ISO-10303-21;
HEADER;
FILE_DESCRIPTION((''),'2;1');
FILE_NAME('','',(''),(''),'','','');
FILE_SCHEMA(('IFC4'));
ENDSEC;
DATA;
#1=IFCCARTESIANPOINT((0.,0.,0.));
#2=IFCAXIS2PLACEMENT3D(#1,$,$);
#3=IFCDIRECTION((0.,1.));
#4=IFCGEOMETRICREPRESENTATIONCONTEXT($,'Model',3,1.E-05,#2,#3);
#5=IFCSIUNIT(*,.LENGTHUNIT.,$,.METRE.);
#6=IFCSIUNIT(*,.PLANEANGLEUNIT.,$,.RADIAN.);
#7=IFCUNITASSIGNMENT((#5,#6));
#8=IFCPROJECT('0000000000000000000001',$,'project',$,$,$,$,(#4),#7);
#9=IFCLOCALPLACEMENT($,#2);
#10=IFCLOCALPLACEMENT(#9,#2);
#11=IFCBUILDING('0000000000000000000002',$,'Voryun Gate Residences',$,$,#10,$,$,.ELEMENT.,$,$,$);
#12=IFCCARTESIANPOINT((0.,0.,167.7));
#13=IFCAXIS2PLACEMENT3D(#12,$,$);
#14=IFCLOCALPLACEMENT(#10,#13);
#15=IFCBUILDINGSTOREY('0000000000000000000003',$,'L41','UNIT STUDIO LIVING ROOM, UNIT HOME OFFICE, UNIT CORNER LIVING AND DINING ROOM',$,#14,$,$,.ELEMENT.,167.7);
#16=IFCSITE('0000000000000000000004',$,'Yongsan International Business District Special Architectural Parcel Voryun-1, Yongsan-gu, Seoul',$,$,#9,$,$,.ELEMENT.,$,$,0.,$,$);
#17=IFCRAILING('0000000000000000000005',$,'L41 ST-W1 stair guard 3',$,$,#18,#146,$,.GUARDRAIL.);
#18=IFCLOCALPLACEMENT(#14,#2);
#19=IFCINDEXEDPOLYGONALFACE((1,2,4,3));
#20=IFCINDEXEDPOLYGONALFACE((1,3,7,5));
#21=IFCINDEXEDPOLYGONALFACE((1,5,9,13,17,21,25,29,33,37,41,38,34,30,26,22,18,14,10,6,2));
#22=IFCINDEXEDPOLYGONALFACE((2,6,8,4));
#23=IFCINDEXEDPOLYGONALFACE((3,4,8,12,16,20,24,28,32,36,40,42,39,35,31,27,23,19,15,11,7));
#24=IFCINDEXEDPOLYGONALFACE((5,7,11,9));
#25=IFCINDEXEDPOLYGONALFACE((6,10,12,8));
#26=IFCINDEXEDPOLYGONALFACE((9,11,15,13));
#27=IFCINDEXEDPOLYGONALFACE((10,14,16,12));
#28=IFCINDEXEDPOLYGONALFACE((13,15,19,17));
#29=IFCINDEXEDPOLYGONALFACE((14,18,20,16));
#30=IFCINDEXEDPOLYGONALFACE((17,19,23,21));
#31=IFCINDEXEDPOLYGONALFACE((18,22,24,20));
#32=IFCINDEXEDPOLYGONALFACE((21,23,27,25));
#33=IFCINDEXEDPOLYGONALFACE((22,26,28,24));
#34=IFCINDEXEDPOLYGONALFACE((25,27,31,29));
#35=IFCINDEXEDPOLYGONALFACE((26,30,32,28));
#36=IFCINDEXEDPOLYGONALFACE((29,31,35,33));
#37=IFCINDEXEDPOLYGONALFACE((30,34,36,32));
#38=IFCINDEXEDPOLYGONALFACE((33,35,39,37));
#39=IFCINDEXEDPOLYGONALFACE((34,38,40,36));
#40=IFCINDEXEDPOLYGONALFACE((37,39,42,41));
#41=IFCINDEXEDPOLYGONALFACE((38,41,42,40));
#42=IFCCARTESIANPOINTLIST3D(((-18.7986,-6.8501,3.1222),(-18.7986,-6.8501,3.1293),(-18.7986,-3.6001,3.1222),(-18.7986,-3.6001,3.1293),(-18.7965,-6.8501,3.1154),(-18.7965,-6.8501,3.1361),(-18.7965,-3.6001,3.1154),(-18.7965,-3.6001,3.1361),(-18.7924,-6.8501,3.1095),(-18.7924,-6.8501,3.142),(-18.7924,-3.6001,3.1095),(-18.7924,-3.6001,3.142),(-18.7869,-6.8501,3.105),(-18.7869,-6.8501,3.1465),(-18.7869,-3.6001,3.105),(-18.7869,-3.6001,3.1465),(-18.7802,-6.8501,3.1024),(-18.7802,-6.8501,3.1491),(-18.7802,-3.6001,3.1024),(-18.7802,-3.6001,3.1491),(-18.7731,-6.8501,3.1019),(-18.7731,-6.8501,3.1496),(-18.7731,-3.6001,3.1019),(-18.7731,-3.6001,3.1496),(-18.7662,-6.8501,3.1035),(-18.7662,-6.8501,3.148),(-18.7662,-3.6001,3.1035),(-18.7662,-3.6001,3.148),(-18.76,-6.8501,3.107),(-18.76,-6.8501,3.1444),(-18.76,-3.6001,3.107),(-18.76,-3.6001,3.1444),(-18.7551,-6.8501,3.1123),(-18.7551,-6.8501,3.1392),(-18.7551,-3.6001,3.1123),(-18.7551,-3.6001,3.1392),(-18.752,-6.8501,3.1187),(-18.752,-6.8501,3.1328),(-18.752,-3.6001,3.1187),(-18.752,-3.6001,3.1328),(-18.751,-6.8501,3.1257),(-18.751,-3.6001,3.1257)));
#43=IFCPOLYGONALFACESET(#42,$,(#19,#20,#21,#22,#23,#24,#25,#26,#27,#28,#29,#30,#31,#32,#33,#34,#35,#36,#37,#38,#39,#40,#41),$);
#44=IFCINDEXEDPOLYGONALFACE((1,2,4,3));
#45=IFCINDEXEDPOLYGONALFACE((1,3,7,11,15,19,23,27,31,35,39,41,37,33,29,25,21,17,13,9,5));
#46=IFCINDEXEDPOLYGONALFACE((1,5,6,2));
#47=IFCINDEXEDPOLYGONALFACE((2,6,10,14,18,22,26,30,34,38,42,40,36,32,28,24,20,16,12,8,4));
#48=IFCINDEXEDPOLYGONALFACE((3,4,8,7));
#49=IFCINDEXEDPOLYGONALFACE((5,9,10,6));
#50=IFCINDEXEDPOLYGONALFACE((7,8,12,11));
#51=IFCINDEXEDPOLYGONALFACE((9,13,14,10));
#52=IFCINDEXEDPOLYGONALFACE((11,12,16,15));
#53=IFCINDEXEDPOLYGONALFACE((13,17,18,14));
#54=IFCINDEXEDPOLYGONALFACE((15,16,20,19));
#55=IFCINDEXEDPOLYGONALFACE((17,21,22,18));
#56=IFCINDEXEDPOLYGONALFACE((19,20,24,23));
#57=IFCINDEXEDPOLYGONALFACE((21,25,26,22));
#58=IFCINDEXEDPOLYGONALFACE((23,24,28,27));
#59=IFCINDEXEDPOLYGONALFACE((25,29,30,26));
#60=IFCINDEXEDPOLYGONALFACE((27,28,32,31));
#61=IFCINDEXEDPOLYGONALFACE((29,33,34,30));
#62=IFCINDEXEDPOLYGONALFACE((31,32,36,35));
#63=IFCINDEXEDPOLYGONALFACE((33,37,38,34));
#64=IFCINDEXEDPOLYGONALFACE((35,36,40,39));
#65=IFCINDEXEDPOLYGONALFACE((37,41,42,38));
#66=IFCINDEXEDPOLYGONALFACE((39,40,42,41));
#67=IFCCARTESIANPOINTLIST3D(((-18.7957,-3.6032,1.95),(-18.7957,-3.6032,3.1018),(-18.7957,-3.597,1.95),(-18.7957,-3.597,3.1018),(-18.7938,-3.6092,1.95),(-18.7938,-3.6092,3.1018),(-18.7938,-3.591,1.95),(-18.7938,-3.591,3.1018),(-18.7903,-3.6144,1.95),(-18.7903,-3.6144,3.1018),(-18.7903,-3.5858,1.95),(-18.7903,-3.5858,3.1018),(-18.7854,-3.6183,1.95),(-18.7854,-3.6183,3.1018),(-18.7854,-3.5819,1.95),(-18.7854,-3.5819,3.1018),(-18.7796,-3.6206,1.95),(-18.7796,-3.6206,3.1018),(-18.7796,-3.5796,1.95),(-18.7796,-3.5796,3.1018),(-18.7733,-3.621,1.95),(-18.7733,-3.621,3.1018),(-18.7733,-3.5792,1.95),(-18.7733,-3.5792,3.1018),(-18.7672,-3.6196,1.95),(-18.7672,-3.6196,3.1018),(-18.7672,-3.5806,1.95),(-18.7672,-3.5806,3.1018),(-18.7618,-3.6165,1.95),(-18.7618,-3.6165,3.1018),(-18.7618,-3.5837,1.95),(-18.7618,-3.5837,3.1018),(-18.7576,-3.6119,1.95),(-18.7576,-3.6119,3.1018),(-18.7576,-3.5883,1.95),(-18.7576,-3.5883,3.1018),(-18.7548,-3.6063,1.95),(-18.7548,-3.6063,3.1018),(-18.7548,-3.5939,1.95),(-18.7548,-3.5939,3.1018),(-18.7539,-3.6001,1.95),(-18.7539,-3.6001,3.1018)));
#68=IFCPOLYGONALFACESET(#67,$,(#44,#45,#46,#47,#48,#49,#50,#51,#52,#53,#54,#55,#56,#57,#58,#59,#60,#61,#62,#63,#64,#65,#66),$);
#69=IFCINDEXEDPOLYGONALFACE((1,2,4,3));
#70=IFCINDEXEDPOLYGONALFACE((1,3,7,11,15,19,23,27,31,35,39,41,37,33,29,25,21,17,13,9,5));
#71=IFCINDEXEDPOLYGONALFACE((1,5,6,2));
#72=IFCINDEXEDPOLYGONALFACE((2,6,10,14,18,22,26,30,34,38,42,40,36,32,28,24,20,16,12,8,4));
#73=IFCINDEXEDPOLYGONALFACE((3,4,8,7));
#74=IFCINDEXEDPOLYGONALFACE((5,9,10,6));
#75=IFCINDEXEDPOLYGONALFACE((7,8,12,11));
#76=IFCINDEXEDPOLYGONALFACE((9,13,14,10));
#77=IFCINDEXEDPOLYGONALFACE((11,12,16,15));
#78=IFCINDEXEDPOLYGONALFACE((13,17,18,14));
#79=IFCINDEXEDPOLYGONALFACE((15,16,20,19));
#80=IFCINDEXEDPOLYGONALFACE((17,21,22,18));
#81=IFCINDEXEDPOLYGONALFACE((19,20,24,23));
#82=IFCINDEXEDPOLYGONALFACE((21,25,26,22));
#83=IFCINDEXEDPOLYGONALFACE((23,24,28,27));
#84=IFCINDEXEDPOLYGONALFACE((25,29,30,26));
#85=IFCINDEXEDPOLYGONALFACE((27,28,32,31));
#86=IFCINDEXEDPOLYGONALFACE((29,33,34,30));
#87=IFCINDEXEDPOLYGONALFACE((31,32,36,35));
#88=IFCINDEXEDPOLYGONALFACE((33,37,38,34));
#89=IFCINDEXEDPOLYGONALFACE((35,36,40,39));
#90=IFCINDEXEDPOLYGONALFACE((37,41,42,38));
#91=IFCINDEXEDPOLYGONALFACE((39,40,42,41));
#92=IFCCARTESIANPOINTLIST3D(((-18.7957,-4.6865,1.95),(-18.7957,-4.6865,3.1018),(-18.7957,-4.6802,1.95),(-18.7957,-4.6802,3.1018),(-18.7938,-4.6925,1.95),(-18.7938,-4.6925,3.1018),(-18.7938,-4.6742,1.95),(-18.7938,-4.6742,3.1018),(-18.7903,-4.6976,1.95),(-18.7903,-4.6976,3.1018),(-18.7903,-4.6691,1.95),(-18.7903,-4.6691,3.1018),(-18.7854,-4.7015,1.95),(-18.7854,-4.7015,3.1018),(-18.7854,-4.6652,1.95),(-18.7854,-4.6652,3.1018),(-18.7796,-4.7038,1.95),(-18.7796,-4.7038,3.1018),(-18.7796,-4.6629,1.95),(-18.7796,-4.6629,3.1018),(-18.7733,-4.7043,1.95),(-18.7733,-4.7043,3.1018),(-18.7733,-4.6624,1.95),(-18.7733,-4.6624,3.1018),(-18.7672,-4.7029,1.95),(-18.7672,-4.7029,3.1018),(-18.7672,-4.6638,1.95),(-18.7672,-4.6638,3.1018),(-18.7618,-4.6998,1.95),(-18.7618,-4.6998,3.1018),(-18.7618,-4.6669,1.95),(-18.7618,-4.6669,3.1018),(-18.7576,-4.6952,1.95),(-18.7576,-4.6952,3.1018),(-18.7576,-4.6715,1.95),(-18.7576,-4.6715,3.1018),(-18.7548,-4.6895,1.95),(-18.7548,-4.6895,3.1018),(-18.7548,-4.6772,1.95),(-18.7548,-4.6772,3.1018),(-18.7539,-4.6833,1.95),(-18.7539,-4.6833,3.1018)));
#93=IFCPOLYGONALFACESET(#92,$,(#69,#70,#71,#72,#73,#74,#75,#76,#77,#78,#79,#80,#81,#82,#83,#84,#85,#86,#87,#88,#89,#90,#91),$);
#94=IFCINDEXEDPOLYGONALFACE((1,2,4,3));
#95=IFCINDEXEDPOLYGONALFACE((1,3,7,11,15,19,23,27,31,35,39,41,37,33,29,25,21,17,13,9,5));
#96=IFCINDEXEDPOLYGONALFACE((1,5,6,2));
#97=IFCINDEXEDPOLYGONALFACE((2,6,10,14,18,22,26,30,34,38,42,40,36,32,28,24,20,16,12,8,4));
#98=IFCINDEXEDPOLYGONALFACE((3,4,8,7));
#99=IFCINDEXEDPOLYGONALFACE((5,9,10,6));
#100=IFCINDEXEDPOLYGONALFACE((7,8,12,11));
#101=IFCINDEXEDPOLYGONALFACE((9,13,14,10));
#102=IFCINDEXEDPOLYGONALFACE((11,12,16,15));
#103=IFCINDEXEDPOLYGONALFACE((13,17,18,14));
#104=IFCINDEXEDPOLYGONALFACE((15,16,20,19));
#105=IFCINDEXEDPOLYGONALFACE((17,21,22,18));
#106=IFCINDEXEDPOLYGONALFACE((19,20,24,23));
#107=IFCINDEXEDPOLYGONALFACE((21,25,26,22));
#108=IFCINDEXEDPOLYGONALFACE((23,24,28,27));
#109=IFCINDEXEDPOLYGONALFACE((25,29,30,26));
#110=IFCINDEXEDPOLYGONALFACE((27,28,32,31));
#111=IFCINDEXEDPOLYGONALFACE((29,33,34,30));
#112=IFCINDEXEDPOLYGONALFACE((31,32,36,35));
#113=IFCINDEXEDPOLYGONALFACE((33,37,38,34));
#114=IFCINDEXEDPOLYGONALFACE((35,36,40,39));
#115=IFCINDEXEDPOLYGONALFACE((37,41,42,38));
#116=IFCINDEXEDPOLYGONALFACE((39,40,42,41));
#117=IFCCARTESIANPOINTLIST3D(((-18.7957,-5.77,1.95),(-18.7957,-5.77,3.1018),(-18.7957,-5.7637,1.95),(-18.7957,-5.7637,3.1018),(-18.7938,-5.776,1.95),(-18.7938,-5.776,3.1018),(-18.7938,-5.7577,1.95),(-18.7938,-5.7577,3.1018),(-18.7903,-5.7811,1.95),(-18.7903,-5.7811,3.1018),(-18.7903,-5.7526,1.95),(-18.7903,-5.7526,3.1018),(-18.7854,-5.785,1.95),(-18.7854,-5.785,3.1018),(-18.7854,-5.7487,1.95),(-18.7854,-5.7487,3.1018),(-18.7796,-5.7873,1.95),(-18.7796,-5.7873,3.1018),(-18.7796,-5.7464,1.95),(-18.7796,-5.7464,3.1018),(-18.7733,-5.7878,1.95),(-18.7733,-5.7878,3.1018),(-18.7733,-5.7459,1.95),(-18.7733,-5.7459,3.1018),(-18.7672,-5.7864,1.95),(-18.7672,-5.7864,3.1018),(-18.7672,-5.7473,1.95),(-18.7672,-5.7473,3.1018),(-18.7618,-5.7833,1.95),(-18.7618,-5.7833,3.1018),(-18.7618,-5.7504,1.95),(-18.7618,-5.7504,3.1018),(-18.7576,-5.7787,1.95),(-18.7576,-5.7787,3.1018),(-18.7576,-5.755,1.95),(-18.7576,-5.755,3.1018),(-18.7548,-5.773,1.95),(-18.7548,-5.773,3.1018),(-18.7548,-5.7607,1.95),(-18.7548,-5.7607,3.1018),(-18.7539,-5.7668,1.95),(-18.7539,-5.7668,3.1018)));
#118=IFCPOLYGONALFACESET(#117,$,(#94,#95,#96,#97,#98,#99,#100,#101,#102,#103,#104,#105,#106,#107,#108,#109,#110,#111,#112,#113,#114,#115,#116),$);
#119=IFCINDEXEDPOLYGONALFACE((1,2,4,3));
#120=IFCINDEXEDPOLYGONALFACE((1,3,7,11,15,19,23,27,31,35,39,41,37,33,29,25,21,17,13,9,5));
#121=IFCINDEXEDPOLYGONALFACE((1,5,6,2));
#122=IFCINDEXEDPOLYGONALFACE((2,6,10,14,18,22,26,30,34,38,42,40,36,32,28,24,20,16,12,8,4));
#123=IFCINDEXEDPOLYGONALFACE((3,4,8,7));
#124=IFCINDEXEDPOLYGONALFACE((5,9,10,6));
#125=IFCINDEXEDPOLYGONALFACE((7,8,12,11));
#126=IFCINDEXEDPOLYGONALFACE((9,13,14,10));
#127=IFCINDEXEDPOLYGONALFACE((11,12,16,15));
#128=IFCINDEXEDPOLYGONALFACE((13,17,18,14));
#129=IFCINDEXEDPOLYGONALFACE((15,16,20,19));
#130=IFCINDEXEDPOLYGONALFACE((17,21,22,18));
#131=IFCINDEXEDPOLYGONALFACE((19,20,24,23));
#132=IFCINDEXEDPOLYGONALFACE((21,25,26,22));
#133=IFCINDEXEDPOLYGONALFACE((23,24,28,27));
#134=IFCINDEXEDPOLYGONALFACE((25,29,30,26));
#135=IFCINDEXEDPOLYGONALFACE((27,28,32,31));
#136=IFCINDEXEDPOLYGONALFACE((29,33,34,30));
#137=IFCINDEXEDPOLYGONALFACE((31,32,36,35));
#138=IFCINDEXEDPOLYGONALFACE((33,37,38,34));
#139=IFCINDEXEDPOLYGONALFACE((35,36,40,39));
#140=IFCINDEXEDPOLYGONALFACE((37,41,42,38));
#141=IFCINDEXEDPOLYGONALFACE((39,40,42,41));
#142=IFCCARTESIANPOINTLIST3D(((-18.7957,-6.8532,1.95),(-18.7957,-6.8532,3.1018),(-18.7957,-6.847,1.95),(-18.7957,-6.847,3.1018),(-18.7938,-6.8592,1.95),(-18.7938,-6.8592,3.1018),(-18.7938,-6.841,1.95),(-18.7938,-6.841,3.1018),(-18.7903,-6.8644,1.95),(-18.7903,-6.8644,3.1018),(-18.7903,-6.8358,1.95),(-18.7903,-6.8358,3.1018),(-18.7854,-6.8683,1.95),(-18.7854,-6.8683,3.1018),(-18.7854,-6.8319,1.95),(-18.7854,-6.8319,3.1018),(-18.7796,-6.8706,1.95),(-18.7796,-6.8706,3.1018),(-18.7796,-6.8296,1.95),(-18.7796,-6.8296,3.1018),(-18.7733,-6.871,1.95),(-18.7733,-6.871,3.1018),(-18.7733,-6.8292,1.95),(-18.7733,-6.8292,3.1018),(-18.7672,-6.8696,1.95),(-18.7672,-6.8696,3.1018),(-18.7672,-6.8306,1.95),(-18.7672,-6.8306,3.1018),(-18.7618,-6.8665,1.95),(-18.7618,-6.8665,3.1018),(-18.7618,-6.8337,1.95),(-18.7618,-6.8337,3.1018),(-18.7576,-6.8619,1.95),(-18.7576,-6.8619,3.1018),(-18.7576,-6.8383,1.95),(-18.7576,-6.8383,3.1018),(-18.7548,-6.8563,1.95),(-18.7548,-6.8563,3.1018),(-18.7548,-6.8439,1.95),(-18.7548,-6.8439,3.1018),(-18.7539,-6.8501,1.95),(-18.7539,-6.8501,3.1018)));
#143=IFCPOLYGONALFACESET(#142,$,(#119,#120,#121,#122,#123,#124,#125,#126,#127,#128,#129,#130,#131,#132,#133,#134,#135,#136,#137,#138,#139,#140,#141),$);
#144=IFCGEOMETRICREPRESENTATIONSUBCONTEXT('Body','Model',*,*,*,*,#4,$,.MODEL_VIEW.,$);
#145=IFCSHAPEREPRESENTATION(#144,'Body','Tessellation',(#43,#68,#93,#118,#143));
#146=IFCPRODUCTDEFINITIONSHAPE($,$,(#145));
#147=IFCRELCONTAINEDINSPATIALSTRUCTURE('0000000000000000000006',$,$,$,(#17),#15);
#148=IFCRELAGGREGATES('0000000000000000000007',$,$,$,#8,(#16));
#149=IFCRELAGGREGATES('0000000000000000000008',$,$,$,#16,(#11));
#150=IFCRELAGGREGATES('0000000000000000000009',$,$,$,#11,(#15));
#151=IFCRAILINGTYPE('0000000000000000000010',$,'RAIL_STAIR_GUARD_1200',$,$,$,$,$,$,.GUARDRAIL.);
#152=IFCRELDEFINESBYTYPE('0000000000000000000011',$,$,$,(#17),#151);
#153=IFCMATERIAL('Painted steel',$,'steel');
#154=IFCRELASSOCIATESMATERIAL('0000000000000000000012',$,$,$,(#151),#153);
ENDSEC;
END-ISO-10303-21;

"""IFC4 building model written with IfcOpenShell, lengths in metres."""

from ifc_helpers import new_model, si_unit, direction, frame, origin, origin_2d, place, context, subcontext, project, spatial, circle, extrude, material, type_object, element, save


model = new_model("IFC4")

# Units and contexts
model_context = context("Model", 3, precision=1e-05, world=origin(), true_north=direction((0.0, 1.0)))
body_context = subcontext(model_context, "Body", "Model", "MODEL_VIEW")
ifc_project = project(units=[si_unit("LENGTHUNIT", "METRE"), si_unit("PLANEANGLEUNIT", "RADIAN")], contexts=[model_context])

# Site, building, storey
site_placement = place(None, origin())
site = spatial("IfcSite", under=ifc_project, at=site_placement, Name="Yongsan International Business District Special Architectural Parcel Voryun-1, Yongsan-gu, Seoul", CompositionType="ELEMENT", RefElevation=0.0)
building_placement = place(site_placement, origin())
building = spatial("IfcBuilding", under=site, at=building_placement, Name="Voryun Gate Residences", CompositionType="ELEMENT")
storey_placement = place(building_placement, frame((0.0, 0.0, 167.7)))
storey = spatial("IfcBuildingStorey", under=building, at=storey_placement, Name="L41", Description="UNIT STUDIO LIVING ROOM, UNIT HOME OFFICE, UNIT CORNER LIVING AND DINING ROOM", CompositionType="ELEMENT", Elevation=167.7)

# Railing
ifc_material_1 = material(Name="Painted steel", Category="steel")
railing_type_1 = type_object("IfcRailingType", Name="RAIL_STAIR_GUARD_1200", PredefinedType="GUARDRAIL", material=ifc_material_1)
railing_1_placement = place(storey_placement, frame((-18.7749, -3.6001, 1.95)))
element("IfcRailing", 1, at=railing_1_placement, inside=storey, type_object=railing_type_1, Name="L41 ST-W1 stair guard 3", PredefinedType="GUARDRAIL", context=body_context, shape_type="SweptSolid", body=[
    extrude(circle(Radius=0.0239, at=origin_2d()), frame((0.0, 0.0, 1.1758), z_axis=(0.0, -1.0, 0.0), x_axis=(1.0, 0.0, 0.0)), (0.0, 0.0, 1.0), 3.25),
    extrude(circle(Radius=0.021, at=origin_2d()), origin(), (0.0, 0.0, 1.0), 1.1519),
    extrude(circle(Radius=0.021, at=origin_2d()), frame((0.0, -1.0833, 0.0)), (0.0, 0.0, 1.0), 1.1519),
    extrude(circle(Radius=0.021, at=origin_2d()), frame((0.0, -2.1667, 0.0)), (0.0, 0.0, 1.0), 1.1519),
    extrude(circle(Radius=0.021, at=origin_2d()), frame((0.0, -3.25, 0.0)), (0.0, 0.0, 1.0), 1.1519),
])

save(model, "model.ifc")
